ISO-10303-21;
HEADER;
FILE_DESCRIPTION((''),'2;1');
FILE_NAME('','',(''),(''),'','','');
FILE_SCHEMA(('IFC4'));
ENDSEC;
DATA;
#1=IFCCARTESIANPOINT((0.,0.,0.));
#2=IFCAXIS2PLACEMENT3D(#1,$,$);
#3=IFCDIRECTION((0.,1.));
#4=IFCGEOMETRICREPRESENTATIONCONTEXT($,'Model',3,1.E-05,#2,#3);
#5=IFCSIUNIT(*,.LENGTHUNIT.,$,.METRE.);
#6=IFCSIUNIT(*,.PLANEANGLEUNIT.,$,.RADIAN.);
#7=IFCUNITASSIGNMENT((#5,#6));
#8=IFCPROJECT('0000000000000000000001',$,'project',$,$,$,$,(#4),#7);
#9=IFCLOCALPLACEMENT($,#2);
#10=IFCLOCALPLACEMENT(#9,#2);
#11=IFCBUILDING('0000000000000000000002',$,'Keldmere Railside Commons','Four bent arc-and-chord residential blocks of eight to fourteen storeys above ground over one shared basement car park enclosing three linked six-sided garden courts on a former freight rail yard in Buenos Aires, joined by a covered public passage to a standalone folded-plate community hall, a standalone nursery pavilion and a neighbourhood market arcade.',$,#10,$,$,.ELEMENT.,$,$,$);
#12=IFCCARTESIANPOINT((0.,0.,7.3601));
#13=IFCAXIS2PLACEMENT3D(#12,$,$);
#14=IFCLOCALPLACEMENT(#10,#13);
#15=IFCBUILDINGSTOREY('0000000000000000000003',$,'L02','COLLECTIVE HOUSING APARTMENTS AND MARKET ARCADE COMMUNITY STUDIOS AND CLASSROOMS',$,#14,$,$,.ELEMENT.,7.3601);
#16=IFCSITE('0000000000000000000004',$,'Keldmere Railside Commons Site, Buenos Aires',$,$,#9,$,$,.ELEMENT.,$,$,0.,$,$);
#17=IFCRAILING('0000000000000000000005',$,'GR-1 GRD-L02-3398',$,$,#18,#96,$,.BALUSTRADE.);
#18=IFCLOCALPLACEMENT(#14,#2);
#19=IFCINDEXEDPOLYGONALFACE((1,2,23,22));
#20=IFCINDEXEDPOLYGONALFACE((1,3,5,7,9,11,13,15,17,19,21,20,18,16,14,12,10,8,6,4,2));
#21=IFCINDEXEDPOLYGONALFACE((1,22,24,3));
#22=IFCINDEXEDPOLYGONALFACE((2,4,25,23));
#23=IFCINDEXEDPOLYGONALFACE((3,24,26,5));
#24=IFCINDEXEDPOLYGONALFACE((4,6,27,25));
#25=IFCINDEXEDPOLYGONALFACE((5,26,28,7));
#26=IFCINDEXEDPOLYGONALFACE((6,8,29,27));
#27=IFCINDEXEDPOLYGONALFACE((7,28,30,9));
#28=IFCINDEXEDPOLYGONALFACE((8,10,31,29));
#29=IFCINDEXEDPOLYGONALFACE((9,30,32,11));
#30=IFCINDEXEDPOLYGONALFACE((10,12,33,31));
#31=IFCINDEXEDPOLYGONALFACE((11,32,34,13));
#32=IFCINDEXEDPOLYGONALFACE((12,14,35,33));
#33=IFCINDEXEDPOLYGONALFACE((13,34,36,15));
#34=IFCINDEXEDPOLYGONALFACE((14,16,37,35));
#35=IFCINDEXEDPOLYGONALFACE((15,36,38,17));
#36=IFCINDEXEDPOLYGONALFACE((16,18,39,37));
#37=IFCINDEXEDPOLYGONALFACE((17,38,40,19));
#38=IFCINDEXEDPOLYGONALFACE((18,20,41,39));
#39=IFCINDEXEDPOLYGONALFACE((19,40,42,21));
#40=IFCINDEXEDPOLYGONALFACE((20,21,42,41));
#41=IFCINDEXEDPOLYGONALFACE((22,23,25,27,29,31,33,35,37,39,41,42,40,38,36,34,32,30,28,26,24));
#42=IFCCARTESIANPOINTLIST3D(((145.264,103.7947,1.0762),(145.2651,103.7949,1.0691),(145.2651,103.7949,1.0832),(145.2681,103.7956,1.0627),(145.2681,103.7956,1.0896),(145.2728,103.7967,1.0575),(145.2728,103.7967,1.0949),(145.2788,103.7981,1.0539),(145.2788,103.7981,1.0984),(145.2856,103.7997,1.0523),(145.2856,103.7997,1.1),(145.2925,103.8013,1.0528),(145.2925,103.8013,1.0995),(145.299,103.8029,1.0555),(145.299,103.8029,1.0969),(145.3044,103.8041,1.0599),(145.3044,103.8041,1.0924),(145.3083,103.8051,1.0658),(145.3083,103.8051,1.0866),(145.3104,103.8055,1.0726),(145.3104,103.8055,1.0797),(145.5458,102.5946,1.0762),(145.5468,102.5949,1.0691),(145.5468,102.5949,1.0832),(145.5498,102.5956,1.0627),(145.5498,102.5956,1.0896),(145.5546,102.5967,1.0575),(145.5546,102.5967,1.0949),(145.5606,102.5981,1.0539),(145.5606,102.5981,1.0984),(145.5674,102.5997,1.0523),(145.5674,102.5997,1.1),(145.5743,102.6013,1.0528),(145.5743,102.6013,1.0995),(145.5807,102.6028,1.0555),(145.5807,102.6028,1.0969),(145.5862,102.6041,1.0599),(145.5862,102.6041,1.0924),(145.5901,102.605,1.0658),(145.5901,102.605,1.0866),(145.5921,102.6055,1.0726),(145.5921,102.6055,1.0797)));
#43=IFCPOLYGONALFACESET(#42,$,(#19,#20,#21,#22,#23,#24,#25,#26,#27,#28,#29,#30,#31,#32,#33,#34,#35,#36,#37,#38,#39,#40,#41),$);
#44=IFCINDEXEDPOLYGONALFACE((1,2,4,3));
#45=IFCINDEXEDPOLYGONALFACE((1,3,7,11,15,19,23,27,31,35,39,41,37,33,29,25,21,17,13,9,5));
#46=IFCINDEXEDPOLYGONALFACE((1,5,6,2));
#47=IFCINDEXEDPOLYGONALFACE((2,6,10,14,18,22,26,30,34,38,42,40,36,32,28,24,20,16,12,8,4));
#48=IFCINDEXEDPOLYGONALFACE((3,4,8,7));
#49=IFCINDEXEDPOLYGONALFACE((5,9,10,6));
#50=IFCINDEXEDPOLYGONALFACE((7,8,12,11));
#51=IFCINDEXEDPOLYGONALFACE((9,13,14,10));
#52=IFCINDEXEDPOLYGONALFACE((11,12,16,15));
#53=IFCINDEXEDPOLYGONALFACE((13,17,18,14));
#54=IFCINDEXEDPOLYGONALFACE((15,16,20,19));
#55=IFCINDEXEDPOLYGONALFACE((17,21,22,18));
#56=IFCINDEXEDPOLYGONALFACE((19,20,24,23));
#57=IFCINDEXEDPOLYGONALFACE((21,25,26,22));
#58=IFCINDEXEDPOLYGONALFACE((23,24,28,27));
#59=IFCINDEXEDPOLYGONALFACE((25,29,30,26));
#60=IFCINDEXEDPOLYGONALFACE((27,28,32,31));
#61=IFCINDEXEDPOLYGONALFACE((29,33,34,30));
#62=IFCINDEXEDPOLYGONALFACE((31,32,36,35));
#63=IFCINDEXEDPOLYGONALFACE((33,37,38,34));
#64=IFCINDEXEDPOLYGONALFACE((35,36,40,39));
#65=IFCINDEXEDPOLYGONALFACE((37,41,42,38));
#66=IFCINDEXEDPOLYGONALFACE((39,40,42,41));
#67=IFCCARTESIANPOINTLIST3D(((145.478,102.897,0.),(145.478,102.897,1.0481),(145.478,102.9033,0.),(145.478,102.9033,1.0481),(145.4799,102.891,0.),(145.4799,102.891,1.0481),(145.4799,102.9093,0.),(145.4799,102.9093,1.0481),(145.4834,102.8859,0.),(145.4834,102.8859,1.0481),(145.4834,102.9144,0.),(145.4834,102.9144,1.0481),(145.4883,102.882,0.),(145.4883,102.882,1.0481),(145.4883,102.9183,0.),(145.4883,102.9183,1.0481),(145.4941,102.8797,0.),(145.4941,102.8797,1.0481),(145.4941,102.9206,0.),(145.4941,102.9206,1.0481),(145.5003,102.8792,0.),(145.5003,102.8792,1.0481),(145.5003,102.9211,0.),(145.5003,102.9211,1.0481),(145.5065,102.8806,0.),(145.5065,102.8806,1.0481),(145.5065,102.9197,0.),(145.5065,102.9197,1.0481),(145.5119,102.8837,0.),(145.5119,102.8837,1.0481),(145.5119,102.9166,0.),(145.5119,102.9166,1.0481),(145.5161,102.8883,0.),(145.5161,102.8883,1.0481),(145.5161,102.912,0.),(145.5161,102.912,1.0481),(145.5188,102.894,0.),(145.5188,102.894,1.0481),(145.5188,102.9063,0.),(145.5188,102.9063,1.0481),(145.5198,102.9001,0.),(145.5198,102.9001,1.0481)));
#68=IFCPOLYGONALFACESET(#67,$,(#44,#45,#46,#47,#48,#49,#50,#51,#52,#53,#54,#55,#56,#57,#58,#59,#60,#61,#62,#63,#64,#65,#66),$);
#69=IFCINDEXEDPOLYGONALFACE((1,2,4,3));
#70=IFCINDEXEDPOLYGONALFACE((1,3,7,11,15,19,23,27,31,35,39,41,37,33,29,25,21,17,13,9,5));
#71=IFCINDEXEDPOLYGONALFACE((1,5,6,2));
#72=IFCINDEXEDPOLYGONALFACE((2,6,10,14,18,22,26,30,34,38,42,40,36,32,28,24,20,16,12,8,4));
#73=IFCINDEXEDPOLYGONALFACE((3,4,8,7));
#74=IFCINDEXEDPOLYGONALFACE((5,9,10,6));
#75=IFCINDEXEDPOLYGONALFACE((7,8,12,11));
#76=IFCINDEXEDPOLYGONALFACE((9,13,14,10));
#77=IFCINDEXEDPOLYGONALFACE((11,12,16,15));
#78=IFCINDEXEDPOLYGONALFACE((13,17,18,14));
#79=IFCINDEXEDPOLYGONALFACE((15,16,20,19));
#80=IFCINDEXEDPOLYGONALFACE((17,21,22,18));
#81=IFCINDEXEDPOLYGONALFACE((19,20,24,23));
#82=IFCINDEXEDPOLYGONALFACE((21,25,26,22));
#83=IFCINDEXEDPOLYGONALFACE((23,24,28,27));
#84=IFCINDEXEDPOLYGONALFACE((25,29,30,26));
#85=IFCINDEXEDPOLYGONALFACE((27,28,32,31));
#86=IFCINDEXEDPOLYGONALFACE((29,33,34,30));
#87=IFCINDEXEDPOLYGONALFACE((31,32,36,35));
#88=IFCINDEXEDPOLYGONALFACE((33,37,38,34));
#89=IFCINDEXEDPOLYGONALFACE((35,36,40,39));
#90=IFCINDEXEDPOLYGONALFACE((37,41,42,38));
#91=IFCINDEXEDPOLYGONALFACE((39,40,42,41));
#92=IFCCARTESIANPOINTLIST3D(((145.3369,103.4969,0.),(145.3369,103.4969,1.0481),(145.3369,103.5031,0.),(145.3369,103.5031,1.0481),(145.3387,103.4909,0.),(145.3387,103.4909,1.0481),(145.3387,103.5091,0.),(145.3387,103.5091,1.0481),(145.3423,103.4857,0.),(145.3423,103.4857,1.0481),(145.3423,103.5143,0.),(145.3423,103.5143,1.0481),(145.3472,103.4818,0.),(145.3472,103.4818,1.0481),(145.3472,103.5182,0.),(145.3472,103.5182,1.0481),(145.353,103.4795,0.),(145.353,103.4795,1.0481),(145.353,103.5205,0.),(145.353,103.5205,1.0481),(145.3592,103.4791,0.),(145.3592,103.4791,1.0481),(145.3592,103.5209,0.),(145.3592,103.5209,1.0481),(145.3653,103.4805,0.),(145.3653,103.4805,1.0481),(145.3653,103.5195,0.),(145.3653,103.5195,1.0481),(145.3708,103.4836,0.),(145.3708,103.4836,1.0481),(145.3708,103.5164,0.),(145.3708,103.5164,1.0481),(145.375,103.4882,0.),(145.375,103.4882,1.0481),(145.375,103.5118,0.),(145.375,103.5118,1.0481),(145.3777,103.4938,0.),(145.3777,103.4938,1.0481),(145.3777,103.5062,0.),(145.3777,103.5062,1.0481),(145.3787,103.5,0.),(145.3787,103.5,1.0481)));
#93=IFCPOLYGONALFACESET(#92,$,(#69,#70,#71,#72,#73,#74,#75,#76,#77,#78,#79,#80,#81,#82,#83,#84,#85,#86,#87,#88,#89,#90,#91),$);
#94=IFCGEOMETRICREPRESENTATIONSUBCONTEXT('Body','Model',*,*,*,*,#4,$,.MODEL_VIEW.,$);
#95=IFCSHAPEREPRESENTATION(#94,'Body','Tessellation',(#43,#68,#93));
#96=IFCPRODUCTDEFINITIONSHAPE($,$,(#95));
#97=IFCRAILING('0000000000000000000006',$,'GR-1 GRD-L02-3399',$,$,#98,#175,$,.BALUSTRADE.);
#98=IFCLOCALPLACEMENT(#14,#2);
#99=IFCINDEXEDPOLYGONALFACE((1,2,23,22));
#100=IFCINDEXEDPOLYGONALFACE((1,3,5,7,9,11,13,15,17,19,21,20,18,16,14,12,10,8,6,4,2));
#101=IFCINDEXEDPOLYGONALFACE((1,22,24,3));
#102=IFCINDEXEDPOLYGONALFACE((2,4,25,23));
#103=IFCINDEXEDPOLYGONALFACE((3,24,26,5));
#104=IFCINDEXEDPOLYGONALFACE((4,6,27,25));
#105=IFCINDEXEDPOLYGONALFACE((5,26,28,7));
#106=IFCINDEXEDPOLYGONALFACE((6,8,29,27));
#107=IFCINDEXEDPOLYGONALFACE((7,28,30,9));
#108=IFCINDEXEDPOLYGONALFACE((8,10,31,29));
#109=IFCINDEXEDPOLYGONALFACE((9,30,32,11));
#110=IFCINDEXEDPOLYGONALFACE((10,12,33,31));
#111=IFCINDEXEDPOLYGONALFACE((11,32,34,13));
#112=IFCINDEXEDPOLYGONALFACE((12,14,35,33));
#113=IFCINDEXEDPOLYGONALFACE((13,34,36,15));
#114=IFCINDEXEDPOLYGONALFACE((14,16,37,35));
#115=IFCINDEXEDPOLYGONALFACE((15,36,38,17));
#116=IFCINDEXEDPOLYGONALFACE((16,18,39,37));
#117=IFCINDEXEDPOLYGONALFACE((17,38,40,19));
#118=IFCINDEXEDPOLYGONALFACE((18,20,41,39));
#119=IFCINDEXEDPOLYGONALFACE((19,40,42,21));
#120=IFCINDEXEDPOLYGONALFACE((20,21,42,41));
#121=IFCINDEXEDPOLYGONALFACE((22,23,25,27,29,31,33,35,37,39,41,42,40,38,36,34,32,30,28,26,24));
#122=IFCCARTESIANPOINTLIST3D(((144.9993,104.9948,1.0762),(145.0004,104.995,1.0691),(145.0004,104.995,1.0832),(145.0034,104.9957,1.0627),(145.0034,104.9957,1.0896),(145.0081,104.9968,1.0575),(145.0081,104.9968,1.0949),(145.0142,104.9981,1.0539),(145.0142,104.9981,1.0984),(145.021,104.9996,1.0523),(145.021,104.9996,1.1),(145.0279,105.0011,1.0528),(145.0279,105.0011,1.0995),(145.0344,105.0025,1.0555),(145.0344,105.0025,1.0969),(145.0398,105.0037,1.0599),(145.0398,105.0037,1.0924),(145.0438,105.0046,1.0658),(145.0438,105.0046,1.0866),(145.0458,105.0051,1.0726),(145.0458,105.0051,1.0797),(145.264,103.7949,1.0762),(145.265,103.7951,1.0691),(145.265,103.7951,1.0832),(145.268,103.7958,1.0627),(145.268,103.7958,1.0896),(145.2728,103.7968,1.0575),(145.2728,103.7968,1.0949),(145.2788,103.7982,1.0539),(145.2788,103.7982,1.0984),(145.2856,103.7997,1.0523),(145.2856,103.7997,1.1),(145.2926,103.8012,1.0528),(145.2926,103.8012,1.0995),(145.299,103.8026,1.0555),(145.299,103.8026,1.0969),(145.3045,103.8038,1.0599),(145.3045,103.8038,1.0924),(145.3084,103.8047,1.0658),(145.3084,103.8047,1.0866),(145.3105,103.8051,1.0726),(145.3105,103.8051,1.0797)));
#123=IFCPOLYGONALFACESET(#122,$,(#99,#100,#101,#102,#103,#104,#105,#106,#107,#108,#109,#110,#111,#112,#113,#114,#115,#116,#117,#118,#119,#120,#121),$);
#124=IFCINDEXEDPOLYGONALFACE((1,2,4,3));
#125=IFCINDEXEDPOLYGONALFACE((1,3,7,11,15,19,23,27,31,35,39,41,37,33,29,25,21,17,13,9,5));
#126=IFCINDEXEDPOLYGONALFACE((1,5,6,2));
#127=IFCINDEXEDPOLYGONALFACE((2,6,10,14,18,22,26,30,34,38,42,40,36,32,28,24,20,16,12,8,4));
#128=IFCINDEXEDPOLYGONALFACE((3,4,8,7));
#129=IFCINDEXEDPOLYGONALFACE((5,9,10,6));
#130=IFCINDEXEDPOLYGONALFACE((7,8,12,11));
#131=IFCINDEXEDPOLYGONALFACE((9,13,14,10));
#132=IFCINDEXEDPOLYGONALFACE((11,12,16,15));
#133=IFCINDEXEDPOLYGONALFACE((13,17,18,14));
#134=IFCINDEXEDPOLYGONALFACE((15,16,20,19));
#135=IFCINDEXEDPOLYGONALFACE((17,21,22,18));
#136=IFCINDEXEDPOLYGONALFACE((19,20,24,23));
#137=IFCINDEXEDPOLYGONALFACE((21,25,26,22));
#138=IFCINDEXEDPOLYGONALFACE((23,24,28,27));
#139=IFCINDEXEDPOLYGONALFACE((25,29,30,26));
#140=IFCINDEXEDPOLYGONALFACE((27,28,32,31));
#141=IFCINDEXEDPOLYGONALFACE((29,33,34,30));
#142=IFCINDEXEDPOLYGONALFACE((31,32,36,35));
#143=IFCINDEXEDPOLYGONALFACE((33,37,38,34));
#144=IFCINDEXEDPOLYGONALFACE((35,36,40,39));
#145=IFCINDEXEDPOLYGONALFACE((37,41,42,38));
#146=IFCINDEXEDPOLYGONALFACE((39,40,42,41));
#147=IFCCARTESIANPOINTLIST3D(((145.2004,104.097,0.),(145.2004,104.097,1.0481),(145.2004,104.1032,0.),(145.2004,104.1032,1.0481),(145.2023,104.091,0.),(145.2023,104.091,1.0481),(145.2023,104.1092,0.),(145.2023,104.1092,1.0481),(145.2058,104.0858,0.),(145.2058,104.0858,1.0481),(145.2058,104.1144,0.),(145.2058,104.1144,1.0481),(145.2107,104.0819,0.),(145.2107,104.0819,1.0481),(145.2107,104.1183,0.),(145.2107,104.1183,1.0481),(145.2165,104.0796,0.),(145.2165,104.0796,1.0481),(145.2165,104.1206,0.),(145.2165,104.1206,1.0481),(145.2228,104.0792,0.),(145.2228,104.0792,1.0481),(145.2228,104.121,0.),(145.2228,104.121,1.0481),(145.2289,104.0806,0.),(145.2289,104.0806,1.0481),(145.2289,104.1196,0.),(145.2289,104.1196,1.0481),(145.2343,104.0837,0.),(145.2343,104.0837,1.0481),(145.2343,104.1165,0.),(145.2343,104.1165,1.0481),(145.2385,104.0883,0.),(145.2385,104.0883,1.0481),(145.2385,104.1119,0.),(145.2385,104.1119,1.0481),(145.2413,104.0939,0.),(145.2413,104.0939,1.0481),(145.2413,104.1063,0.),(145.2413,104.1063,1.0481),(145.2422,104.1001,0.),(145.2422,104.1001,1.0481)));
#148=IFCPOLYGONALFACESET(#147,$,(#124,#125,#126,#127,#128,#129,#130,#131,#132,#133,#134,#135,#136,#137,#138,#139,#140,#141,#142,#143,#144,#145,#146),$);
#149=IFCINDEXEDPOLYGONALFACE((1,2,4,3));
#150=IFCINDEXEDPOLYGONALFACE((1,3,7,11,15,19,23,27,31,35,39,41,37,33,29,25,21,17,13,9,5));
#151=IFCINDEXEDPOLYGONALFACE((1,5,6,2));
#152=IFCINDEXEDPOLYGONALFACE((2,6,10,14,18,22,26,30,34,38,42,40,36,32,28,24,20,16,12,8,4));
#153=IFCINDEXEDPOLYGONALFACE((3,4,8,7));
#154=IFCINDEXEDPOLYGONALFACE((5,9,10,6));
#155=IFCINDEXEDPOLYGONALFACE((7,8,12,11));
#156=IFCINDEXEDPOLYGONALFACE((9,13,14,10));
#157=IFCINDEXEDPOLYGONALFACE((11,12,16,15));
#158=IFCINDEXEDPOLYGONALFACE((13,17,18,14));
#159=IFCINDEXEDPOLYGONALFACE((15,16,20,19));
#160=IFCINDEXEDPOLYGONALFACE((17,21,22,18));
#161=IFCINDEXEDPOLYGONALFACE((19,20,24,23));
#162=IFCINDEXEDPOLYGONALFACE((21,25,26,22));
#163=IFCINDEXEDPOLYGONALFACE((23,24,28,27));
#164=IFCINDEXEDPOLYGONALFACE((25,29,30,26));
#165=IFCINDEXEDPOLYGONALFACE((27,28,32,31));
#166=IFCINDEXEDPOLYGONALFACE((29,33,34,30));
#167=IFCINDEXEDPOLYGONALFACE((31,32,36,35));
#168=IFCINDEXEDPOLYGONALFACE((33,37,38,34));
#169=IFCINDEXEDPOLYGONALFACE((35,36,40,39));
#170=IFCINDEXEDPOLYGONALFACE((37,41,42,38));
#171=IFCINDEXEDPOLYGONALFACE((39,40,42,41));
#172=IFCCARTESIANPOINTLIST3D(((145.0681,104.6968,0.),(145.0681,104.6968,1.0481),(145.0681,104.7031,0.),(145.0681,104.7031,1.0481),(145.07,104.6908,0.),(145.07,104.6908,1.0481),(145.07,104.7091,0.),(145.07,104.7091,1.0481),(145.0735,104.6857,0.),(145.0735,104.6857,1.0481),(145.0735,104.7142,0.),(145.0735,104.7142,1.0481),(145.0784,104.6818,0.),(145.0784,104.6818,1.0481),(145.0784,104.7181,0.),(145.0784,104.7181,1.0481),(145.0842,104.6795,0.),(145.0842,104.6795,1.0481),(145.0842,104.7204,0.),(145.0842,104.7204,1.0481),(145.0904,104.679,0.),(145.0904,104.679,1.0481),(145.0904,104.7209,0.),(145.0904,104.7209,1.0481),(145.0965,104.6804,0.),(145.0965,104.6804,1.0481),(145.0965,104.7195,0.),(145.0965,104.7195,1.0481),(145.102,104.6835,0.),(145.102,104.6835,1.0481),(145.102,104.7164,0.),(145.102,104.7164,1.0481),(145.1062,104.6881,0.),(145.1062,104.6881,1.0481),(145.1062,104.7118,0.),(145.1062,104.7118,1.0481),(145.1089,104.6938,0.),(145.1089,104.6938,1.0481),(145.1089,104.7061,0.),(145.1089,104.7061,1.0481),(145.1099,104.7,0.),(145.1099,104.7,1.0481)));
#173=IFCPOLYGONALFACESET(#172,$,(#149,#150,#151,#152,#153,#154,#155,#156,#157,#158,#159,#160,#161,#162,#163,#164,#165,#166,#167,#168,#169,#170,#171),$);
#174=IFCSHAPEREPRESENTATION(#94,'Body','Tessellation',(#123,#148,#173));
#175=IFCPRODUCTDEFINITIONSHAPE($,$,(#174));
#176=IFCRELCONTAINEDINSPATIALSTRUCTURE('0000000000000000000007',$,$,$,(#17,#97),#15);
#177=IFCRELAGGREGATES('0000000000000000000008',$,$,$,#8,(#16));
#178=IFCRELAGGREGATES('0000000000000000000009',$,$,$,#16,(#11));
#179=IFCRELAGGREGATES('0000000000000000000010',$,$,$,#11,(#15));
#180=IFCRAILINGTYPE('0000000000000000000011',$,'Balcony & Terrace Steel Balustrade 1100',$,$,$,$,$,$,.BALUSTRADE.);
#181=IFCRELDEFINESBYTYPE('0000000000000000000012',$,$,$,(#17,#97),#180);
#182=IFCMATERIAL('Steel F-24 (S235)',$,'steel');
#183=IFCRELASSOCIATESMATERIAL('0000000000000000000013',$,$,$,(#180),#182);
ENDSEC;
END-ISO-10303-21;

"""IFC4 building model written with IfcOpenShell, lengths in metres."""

from ifc_helpers import new_model, si_unit, direction, frame, origin, origin_2d, place, context, subcontext, project, spatial, circle, extrude, material, type_object, element, save


model = new_model("IFC4")

# Units and contexts
model_context = context("Model", 3, precision=1e-05, world=origin(), true_north=direction((0.0, 1.0)))
body_context = subcontext(model_context, "Body", "Model", "MODEL_VIEW")
ifc_project = project(units=[si_unit("LENGTHUNIT", "METRE"), si_unit("PLANEANGLEUNIT", "RADIAN")], contexts=[model_context])

# Site, building, storey
site_placement = place(None, origin())
site = spatial("IfcSite", under=ifc_project, at=site_placement, Name="Keldmere Railside Commons Site, Buenos Aires", CompositionType="ELEMENT", RefElevation=0.0)
building_placement = place(site_placement, origin())
building = spatial("IfcBuilding", under=site, at=building_placement, Name="Keldmere Railside Commons", Description="Four bent arc-and-chord residential blocks of eight to fourteen storeys above ground over one shared basement car park enclosing three linked six-sided garden courts on a former freight rail yard in Buenos Aires, joined by a covered public passage to a standalone folded-plate community hall, a standalone nursery pavilion and a neighbourhood market arcade.", CompositionType="ELEMENT")
storey_placement = place(building_placement, frame((0.0, 0.0, 7.3601)))
storey = spatial("IfcBuildingStorey", under=building, at=storey_placement, Name="L02", Description="COLLECTIVE HOUSING APARTMENTS AND MARKET ARCADE COMMUNITY STUDIOS AND CLASSROOMS", CompositionType="ELEMENT", Elevation=7.3601)

# Shared definitions
ifc_material_1 = material(Name="Steel F-24 (S235)", Category="steel")

# Railings
railing_type_1 = type_object("IfcRailingType", Name="Balcony & Terrace Steel Balustrade 1100", PredefinedType="BALUSTRADE", material=ifc_material_1)
railing_1_placement = place(storey_placement, frame((145.5691, 102.6001, 0.0)))
element("IfcRailing", 1, at=railing_1_placement, inside=storey, type_object=railing_type_1, Name="GR-1 GRD-L02-3398", PredefinedType="BALUSTRADE", context=body_context, shape_type="SweptSolid", body=[
    extrude(circle(Radius=0.0239, at=origin_2d()), frame((0.0, 0.0, 1.0762), z_axis=(-0.228576, 0.973526, 0.0), x_axis=(-0.973526, -0.228576, 0.0)), (0.0, 0.0, 1.0), 1.2327),
    extrude(circle(Radius=0.021, at=origin_2d()), frame((-0.0703, 0.3, 0.0)), (0.0, 0.0, 1.0), 1.0481),
    extrude(circle(Radius=0.021, at=origin_2d()), frame((-0.2114, 0.8999, 0.0)), (0.0, 0.0, 1.0), 1.0481),
])
railing_2_placement = place(storey_placement, frame((145.2874, 103.8, 0.0)))
element("IfcRailing", 2, at=railing_2_placement, inside=storey, type_object=railing_type_1, Name="GR-1 GRD-L02-3399", PredefinedType="BALUSTRADE", context=body_context, shape_type="SweptSolid", body=[
    extrude(circle(Radius=0.0239, at=origin_2d()), frame((0.0, 0.0, 1.0762), z_axis=(-0.215373, 0.976532, 0.0), x_axis=(-0.976532, -0.215373, 0.0)), (0.0, 0.0, 1.0), 1.2288),
    extrude(circle(Radius=0.021, at=origin_2d()), frame((-0.0662, 0.3, 0.0)), (0.0, 0.0, 1.0), 1.0481),
    extrude(circle(Radius=0.021, at=origin_2d()), frame((-0.1985, 0.8999, 0.0)), (0.0, 0.0, 1.0), 1.0481),
])

save(model, "model.ifc")
